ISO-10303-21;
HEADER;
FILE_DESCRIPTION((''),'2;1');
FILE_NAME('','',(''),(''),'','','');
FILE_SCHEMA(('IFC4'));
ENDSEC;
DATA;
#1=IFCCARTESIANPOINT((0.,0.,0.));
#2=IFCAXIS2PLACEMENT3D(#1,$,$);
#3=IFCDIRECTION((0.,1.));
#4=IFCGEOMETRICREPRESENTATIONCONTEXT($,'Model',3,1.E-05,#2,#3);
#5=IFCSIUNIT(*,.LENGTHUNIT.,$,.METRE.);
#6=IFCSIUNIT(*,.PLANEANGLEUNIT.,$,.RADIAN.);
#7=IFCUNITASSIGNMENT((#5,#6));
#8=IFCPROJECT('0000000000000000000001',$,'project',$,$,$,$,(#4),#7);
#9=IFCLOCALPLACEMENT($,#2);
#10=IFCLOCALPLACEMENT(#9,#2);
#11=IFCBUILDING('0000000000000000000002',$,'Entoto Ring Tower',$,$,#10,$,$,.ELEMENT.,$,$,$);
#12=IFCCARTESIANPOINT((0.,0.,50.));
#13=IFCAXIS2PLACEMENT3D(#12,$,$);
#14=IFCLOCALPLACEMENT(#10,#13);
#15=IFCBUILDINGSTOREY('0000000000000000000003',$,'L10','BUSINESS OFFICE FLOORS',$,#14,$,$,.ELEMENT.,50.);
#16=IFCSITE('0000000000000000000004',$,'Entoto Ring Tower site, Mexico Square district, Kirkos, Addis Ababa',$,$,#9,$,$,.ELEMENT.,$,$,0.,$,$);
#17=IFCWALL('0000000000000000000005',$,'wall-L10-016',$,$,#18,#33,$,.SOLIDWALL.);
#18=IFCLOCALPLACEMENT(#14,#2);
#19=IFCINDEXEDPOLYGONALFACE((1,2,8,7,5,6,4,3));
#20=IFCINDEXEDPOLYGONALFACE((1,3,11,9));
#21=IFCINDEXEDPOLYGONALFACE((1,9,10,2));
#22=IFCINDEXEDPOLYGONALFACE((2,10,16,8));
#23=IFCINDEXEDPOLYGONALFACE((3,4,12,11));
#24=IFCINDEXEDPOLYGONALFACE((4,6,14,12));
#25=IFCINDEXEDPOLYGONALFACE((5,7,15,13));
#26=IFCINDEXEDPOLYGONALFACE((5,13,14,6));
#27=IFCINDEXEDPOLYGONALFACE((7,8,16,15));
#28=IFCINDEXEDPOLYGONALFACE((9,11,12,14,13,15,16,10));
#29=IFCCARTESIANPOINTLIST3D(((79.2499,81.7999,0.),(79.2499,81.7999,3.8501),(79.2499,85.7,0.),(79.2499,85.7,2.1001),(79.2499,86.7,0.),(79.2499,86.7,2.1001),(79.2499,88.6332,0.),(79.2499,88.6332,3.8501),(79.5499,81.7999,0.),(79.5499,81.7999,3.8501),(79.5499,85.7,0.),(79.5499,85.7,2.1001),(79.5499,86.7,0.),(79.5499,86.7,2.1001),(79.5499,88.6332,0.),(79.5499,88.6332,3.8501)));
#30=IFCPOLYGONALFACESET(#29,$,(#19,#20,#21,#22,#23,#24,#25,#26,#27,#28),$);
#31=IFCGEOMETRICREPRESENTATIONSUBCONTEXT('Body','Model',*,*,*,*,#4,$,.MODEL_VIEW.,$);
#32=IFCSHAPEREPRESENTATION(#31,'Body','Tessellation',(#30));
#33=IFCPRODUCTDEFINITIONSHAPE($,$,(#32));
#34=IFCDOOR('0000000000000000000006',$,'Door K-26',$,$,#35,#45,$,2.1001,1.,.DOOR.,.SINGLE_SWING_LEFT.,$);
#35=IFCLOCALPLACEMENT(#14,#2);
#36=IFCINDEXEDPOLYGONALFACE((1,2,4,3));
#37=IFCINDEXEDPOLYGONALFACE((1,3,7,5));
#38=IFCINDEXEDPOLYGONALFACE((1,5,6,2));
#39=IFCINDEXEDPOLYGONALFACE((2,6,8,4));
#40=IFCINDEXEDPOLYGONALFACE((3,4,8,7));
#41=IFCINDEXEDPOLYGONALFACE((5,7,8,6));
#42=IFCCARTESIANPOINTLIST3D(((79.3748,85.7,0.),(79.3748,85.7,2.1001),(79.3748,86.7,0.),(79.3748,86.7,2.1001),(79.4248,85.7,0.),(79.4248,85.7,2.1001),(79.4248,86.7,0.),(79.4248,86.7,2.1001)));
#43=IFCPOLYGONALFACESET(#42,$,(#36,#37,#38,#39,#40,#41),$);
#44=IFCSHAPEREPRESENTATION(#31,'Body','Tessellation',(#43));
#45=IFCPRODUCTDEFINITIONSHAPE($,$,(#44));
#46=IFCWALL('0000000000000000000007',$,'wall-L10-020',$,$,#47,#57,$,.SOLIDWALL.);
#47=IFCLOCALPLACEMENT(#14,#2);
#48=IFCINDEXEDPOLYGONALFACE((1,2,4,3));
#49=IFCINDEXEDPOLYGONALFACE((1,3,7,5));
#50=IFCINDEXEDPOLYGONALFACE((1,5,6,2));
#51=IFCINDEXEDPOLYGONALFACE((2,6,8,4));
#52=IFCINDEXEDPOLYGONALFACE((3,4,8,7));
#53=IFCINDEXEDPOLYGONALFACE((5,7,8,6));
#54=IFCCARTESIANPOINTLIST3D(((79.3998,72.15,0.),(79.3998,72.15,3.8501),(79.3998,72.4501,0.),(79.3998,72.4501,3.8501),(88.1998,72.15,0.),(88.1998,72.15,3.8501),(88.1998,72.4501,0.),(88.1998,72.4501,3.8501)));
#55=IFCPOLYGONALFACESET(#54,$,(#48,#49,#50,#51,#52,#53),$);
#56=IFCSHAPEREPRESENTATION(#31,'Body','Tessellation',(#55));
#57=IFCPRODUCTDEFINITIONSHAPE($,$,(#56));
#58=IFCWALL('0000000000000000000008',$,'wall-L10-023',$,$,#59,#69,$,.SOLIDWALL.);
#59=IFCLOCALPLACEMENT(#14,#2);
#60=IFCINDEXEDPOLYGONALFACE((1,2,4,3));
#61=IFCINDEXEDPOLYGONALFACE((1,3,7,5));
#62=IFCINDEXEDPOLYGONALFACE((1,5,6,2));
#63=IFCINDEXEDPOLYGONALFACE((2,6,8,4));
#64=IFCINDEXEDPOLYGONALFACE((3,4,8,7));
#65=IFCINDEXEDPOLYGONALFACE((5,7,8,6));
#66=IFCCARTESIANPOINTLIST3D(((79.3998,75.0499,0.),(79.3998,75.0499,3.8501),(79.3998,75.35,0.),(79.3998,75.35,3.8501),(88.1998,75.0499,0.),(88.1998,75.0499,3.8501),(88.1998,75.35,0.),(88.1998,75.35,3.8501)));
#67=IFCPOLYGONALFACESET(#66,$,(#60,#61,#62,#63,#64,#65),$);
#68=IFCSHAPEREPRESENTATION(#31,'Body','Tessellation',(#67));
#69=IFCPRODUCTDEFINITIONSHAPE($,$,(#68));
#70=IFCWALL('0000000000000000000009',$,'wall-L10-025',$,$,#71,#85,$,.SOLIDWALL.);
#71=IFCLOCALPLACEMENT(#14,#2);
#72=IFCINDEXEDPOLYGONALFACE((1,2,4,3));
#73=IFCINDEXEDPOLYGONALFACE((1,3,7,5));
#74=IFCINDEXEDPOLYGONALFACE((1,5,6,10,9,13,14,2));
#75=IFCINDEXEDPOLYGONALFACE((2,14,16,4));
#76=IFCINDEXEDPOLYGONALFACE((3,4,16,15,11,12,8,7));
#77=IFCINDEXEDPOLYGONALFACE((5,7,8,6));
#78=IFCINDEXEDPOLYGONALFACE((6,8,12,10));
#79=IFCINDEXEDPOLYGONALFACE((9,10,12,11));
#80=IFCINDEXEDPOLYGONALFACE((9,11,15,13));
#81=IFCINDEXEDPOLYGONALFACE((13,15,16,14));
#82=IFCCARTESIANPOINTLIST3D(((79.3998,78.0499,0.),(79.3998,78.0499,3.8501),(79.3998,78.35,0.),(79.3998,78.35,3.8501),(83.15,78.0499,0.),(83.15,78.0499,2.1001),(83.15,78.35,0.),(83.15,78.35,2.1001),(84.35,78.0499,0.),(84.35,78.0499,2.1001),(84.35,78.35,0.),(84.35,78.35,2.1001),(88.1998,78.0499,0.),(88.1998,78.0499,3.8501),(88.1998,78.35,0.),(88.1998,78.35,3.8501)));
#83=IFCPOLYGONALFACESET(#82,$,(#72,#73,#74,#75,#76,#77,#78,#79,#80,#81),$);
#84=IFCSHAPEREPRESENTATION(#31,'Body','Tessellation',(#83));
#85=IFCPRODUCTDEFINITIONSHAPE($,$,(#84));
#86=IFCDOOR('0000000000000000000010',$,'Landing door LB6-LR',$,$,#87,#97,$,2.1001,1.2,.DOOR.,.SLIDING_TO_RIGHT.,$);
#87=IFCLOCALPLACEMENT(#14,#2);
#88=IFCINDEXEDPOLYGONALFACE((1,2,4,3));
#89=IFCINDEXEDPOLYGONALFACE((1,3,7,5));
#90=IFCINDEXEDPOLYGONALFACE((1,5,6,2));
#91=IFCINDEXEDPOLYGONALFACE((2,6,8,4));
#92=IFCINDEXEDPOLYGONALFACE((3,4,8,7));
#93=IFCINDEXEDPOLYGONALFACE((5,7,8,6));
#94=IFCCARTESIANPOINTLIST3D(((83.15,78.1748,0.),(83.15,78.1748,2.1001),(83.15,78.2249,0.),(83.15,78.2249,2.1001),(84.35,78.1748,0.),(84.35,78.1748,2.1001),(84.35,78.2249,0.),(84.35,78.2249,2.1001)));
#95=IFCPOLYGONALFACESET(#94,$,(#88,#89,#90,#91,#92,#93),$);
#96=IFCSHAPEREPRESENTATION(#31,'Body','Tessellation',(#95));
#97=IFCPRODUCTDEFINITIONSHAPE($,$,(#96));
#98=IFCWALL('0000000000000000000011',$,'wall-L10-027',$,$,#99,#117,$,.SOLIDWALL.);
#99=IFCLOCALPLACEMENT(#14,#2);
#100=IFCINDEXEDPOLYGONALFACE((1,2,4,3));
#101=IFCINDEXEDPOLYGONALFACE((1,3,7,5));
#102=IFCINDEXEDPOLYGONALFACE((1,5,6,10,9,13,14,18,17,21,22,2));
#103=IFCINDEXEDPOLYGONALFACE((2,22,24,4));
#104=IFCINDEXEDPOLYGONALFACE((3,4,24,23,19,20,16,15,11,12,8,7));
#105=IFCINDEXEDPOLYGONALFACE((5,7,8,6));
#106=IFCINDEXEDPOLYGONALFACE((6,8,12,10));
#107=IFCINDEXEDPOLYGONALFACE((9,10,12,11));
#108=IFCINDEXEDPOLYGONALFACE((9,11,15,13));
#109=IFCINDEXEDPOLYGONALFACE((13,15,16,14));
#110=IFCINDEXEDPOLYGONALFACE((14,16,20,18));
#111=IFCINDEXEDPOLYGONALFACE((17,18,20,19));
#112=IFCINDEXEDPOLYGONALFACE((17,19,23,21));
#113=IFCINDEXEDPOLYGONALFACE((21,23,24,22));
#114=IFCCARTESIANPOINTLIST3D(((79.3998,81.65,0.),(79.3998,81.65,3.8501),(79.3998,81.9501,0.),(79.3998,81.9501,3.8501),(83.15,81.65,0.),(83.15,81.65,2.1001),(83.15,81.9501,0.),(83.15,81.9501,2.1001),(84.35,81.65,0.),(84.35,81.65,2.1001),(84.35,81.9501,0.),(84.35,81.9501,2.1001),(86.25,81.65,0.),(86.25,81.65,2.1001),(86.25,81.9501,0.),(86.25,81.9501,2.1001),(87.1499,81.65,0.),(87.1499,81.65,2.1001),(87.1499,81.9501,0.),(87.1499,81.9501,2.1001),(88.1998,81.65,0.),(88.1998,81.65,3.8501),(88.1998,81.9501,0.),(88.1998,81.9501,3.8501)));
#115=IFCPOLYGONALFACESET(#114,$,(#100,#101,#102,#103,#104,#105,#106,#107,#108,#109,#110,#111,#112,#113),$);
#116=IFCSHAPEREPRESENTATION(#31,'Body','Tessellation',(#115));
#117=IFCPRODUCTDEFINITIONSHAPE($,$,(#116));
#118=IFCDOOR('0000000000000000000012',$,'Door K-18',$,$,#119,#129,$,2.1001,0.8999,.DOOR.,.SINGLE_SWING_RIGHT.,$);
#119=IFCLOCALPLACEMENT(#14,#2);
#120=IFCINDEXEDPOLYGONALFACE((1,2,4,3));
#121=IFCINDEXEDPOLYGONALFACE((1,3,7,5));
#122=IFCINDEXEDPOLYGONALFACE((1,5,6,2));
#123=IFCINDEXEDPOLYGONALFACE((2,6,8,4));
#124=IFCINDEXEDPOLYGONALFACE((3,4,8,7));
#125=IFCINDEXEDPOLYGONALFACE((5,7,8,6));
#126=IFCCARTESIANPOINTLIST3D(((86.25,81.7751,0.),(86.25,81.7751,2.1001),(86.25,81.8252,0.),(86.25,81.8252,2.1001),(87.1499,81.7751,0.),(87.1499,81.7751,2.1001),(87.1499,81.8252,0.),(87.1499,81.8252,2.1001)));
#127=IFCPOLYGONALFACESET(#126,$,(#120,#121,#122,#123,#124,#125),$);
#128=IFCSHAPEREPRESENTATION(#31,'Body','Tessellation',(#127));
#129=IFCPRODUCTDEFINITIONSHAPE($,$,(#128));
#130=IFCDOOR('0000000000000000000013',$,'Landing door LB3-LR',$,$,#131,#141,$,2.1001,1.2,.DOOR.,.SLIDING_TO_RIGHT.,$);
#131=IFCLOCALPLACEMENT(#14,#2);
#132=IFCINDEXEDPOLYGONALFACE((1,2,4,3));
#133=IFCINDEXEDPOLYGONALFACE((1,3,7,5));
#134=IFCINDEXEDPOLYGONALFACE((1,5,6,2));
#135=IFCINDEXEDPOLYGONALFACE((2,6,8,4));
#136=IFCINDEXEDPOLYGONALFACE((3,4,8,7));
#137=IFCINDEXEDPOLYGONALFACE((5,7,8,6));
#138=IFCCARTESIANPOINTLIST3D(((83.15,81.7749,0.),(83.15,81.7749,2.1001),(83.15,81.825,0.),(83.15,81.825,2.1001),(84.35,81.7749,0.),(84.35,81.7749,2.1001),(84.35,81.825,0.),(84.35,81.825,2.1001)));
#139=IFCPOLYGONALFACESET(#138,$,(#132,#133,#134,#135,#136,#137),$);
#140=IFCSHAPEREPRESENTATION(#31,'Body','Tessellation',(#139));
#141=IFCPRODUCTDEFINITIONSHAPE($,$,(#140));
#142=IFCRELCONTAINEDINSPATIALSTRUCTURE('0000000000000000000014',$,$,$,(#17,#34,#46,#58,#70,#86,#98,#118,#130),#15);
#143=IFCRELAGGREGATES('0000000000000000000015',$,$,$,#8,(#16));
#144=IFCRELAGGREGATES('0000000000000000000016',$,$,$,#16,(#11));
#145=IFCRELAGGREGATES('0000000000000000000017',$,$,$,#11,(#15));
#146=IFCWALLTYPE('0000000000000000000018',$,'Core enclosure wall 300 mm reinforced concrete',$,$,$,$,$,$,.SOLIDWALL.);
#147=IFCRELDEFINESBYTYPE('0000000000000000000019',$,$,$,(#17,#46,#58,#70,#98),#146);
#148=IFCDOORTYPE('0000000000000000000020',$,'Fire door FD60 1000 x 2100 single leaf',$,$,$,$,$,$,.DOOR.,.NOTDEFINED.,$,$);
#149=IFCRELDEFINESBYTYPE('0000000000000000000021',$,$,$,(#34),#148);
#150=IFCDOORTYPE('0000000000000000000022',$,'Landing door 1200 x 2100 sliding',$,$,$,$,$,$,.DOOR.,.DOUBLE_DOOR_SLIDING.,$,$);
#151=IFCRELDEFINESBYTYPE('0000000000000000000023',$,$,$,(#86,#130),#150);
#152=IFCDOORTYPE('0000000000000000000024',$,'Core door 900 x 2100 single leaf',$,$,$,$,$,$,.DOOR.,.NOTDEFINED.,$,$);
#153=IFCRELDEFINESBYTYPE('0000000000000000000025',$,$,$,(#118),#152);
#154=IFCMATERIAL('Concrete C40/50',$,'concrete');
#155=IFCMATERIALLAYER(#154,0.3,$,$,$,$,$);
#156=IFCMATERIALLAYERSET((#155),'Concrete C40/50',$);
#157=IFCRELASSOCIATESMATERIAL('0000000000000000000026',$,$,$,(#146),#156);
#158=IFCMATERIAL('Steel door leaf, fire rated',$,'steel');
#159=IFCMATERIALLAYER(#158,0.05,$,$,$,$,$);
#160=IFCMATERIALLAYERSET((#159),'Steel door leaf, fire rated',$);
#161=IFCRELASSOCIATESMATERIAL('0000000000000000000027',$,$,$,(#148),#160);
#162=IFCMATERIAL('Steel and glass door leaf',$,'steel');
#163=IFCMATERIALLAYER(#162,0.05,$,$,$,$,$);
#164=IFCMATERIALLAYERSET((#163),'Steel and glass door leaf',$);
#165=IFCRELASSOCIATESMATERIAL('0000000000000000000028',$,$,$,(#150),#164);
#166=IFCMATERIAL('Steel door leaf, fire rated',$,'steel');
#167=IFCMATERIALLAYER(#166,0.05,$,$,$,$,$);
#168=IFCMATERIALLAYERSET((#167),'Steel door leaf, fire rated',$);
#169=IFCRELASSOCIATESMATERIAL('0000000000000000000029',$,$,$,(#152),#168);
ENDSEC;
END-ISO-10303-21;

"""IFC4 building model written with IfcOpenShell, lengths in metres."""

from ifc_helpers import new_model, si_unit, direction, frame, frame_2d, origin, place, context, subcontext, project, spatial, rectangle, extrude, material, layer, layer_set, type_object, element, fill, save


model = new_model("IFC4")

# Units and contexts
model_context = context("Model", 3, precision=1e-05, world=origin(), true_north=direction((0.0, 1.0)))
body_context = subcontext(model_context, "Body", "Model", "MODEL_VIEW")
ifc_project = project(units=[si_unit("LENGTHUNIT", "METRE"), si_unit("PLANEANGLEUNIT", "RADIAN")], contexts=[model_context])

# Site, building, storey
site_placement = place(None, origin())
site = spatial("IfcSite", under=ifc_project, at=site_placement, Name="Entoto Ring Tower site, Mexico Square district, Kirkos, Addis Ababa", CompositionType="ELEMENT", RefElevation=0.0)
building_placement = place(site_placement, origin())
building = spatial("IfcBuilding", under=site, at=building_placement, Name="Entoto Ring Tower", CompositionType="ELEMENT")
storey_placement = place(building_placement, frame((0.0, 0.0, 50.0)))
storey = spatial("IfcBuildingStorey", under=building, at=storey_placement, Name="L10", Description="BUSINESS OFFICE FLOORS", CompositionType="ELEMENT", Elevation=50.0)

# Shared definitions
ifc_material_1 = material(Name="Concrete C40/50", Category="concrete")
ifc_layer_1 = layer(ifc_material_1, 0.3)
ifc_layer_set_1 = layer_set([ifc_layer_1], Name="Concrete C40/50")
wall_type = type_object("IfcWallType", Name="Core enclosure wall 300 mm reinforced concrete", PredefinedType="SOLIDWALL", material=ifc_layer_set_1)

# Wall, opening, door
ifc_material_2 = material(Name="Steel door leaf, fire rated", Category="steel")
ifc_layer_2 = layer(ifc_material_2, 0.05)
ifc_layer_set_2 = layer_set([ifc_layer_2], Name="Steel door leaf, fire rated")
door_type_1 = type_object("IfcDoorType", Name="Fire door FD60 1000 x 2100 single leaf", OperationType="NOTDEFINED", PredefinedType="DOOR", material=ifc_layer_set_2)
wall_1_placement = place(storey_placement, frame((79.3999, 81.8, 0.0), z_axis=(0.0, 0.0, 1.0), x_axis=(0.0, 1.0, 0.0)))
wall_1 = element("IfcWall", 1, at=wall_1_placement, inside=storey, type_object=wall_type, Name="wall-L10-016", PredefinedType="SOLIDWALL", context=body_context, shape_type="SweptSolid", body=[
    extrude(rectangle(XDim=6.8333, YDim=0.3, at=frame_2d((3.4165, 0.0))), origin(), (0.0, 0.0, 1.0), 3.8501),
])
opening_1_placement = place(wall_1_placement, frame((3.8999, 0.0, 0.0)))
opening_1 = element("IfcOpeningElement", 2, at=opening_1_placement, cuts=wall_1, PredefinedType="OPENING", context=body_context, shape_type="SweptSolid", body=[
    extrude(rectangle(XDim=1.0, YDim=2.1001, at=frame_2d((0.5, 1.05))), frame((0.0, 0.1602, 0.0), z_axis=(0.0, -1.0, 0.0), x_axis=(1.0, 0.0, 0.0)), (0.0, 0.0, 1.0), 0.3201),
])
door_1_placement = place(opening_1_placement, frame((1.0, 0.0, 0.0), z_axis=(0.0, 0.0, 1.0), x_axis=(-1.0, 0.0, 0.0)))
door_1 = element("IfcDoor", 3, at=door_1_placement, inside=storey, type_object=door_type_1, Name="Door K-26", OperationType="SINGLE_SWING_LEFT", OverallHeight=2.1001, OverallWidth=1.0, PredefinedType="DOOR", context=body_context, shape_type="SweptSolid", body=[
    extrude(rectangle(XDim=1.0, YDim=2.1001, at=frame_2d((0.5, 1.05))), frame((0.0, 0.0249, 0.0), z_axis=(0.0, -1.0, 0.0), x_axis=(1.0, 0.0, 0.0)), (0.0, 0.0, 1.0), 0.05),
])
fill(opening_1, door_1)

# Walls
for number, where, z_axis, x_axis, name in (
    (4, (79.3999, 72.3, 0.0), (0.0, 0.0, 1.0), (1.0, 0.0, 0.0), "wall-L10-020"),
    (5, (79.3999, 75.2, 0.0), (0.0, 0.0, 1.0), (1.0, 0.0, 0.0), "wall-L10-023"),
):
    element("IfcWall", number, at=place(storey_placement, frame(where, z_axis=z_axis, x_axis=x_axis)), inside=storey, type_object=wall_type, Name=name, PredefinedType="SOLIDWALL", context=body_context, shape_type="SweptSolid", body=[
        extrude(rectangle(XDim=8.8, YDim=0.3, at=frame_2d((4.3999, 0.0))), origin(), (0.0, 0.0, 1.0), 3.8501),
    ])

# Wall, opening, door
wall_2_placement = place(storey_placement, frame((79.3999, 78.2, 0.0), z_axis=(0.0, 0.0, 1.0), x_axis=(1.0, 0.0, 0.0)))
wall_2 = element("IfcWall", 6, at=wall_2_placement, inside=storey, type_object=wall_type, Name="wall-L10-025", PredefinedType="SOLIDWALL", context=body_context, shape_type="SweptSolid", body=[
    extrude(rectangle(XDim=8.8, YDim=0.3, at=frame_2d((4.3999, 0.0))), origin(), (0.0, 0.0, 1.0), 3.8501),
])
opening_2_placement = place(wall_2_placement, frame((3.75, 0.0, 0.0)))
opening_2 = element("IfcOpeningElement", 7, at=opening_2_placement, cuts=wall_2, PredefinedType="OPENING", context=body_context, shape_type="SweptSolid", body=[
    extrude(rectangle(XDim=1.2, YDim=2.1001, at=frame_2d((0.6001, 1.05))), frame((0.0, 0.1602, 0.0), z_axis=(0.0, -1.0, 0.0), x_axis=(1.0, 0.0, 0.0)), (0.0, 0.0, 1.0), 0.3201),
])
ifc_material_3 = material(Name="Steel and glass door leaf", Category="steel")
ifc_layer_3 = layer(ifc_material_3, 0.05)
ifc_layer_set_3 = layer_set([ifc_layer_3], Name="Steel and glass door leaf")
door_type_2 = type_object("IfcDoorType", Name="Landing door 1200 x 2100 sliding", OperationType="DOUBLE_DOOR_SLIDING", PredefinedType="DOOR", material=ifc_layer_set_3)
door_2_placement = place(opening_2_placement, origin())
door_2 = element("IfcDoor", 8, at=door_2_placement, inside=storey, type_object=door_type_2, Name="Landing door LB6-LR", OperationType="SLIDING_TO_RIGHT", OverallHeight=2.1001, OverallWidth=1.2, PredefinedType="DOOR", context=body_context, shape_type="SweptSolid", body=[
    extrude(rectangle(XDim=1.2, YDim=2.1001, at=frame_2d((0.6001, 1.05))), frame((0.0, 0.0249, 0.0), z_axis=(0.0, -1.0, 0.0), x_axis=(1.0, 0.0, 0.0)), (0.0, 0.0, 1.0), 0.05),
])
fill(opening_2, door_2)

# Wall, openings, doors
wall_3_placement = place(storey_placement, frame((79.3999, 81.8, 0.0), z_axis=(0.0, 0.0, 1.0), x_axis=(1.0, 0.0, 0.0)))
wall_3 = element("IfcWall", 9, at=wall_3_placement, inside=storey, type_object=wall_type, Name="wall-L10-027", PredefinedType="SOLIDWALL", context=body_context, shape_type="SweptSolid", body=[
    extrude(rectangle(XDim=8.8, YDim=0.3, at=frame_2d((4.3999, 0.0))), origin(), (0.0, 0.0, 1.0), 3.8501),
])
opening_3_placement = place(wall_3_placement, frame((3.75, 0.0, 0.0)))
opening_3 = element("IfcOpeningElement", 10, at=opening_3_placement, cuts=wall_3, PredefinedType="OPENING", context=body_context, shape_type="SweptSolid", body=[
    extrude(rectangle(XDim=1.2, YDim=2.1001, at=frame_2d((0.6001, 1.05))), frame((0.0, 0.1602, 0.0), z_axis=(0.0, -1.0, 0.0), x_axis=(1.0, 0.0, 0.0)), (0.0, 0.0, 1.0), 0.3201),
])
opening_4_placement = place(wall_3_placement, frame((6.8501, 0.0, 0.0)))
opening_4 = element("IfcOpeningElement", 11, at=opening_4_placement, cuts=wall_3, PredefinedType="OPENING", context=body_context, shape_type="SweptSolid", body=[
    extrude(rectangle(XDim=0.8999, YDim=2.1001, at=frame_2d((0.45, 1.05))), frame((0.0, 0.1602, 0.0), z_axis=(0.0, -1.0, 0.0), x_axis=(1.0, 0.0, 0.0)), (0.0, 0.0, 1.0), 0.3201),
])
ifc_material_4 = material(Name="Steel door leaf, fire rated", Category="steel")
ifc_layer_4 = layer(ifc_material_4, 0.05)
ifc_layer_set_4 = layer_set([ifc_layer_4], Name="Steel door leaf, fire rated")
door_type_3 = type_object("IfcDoorType", Name="Core door 900 x 2100 single leaf", OperationType="NOTDEFINED", PredefinedType="DOOR", material=ifc_layer_set_4)
door_3_placement = place(opening_4_placement, frame((0.8999, 0.0, 0.0), z_axis=(0.0, 0.0, 1.0), x_axis=(-1.0, 0.0, 0.0)))
door_3 = element("IfcDoor", 12, at=door_3_placement, inside=storey, type_object=door_type_3, Name="Door K-18", OperationType="SINGLE_SWING_RIGHT", OverallHeight=2.1001, OverallWidth=0.8999, PredefinedType="DOOR", context=body_context, shape_type="SweptSolid", body=[
    extrude(rectangle(XDim=0.8999, YDim=2.1001, at=frame_2d((0.45, 1.05))), frame((0.0, 0.0249, 0.0), z_axis=(0.0, -1.0, 0.0), x_axis=(1.0, 0.0, 0.0)), (0.0, 0.0, 1.0), 0.05),
])
fill(opening_4, door_3)
door_4_placement = place(opening_3_placement, origin())
door_4 = element("IfcDoor", 13, at=door_4_placement, inside=storey, type_object=door_type_2, Name="Landing door LB3-LR", OperationType="SLIDING_TO_RIGHT", OverallHeight=2.1001, OverallWidth=1.2, PredefinedType="DOOR", context=body_context, shape_type="SweptSolid", body=[
    extrude(rectangle(XDim=1.2, YDim=2.1001, at=frame_2d((0.6001, 1.05))), frame((0.0, 0.0249, 0.0), z_axis=(0.0, -1.0, 0.0), x_axis=(1.0, 0.0, 0.0)), (0.0, 0.0, 1.0), 0.05),
])
fill(opening_3, door_4)

save(model, "model.ifc")
